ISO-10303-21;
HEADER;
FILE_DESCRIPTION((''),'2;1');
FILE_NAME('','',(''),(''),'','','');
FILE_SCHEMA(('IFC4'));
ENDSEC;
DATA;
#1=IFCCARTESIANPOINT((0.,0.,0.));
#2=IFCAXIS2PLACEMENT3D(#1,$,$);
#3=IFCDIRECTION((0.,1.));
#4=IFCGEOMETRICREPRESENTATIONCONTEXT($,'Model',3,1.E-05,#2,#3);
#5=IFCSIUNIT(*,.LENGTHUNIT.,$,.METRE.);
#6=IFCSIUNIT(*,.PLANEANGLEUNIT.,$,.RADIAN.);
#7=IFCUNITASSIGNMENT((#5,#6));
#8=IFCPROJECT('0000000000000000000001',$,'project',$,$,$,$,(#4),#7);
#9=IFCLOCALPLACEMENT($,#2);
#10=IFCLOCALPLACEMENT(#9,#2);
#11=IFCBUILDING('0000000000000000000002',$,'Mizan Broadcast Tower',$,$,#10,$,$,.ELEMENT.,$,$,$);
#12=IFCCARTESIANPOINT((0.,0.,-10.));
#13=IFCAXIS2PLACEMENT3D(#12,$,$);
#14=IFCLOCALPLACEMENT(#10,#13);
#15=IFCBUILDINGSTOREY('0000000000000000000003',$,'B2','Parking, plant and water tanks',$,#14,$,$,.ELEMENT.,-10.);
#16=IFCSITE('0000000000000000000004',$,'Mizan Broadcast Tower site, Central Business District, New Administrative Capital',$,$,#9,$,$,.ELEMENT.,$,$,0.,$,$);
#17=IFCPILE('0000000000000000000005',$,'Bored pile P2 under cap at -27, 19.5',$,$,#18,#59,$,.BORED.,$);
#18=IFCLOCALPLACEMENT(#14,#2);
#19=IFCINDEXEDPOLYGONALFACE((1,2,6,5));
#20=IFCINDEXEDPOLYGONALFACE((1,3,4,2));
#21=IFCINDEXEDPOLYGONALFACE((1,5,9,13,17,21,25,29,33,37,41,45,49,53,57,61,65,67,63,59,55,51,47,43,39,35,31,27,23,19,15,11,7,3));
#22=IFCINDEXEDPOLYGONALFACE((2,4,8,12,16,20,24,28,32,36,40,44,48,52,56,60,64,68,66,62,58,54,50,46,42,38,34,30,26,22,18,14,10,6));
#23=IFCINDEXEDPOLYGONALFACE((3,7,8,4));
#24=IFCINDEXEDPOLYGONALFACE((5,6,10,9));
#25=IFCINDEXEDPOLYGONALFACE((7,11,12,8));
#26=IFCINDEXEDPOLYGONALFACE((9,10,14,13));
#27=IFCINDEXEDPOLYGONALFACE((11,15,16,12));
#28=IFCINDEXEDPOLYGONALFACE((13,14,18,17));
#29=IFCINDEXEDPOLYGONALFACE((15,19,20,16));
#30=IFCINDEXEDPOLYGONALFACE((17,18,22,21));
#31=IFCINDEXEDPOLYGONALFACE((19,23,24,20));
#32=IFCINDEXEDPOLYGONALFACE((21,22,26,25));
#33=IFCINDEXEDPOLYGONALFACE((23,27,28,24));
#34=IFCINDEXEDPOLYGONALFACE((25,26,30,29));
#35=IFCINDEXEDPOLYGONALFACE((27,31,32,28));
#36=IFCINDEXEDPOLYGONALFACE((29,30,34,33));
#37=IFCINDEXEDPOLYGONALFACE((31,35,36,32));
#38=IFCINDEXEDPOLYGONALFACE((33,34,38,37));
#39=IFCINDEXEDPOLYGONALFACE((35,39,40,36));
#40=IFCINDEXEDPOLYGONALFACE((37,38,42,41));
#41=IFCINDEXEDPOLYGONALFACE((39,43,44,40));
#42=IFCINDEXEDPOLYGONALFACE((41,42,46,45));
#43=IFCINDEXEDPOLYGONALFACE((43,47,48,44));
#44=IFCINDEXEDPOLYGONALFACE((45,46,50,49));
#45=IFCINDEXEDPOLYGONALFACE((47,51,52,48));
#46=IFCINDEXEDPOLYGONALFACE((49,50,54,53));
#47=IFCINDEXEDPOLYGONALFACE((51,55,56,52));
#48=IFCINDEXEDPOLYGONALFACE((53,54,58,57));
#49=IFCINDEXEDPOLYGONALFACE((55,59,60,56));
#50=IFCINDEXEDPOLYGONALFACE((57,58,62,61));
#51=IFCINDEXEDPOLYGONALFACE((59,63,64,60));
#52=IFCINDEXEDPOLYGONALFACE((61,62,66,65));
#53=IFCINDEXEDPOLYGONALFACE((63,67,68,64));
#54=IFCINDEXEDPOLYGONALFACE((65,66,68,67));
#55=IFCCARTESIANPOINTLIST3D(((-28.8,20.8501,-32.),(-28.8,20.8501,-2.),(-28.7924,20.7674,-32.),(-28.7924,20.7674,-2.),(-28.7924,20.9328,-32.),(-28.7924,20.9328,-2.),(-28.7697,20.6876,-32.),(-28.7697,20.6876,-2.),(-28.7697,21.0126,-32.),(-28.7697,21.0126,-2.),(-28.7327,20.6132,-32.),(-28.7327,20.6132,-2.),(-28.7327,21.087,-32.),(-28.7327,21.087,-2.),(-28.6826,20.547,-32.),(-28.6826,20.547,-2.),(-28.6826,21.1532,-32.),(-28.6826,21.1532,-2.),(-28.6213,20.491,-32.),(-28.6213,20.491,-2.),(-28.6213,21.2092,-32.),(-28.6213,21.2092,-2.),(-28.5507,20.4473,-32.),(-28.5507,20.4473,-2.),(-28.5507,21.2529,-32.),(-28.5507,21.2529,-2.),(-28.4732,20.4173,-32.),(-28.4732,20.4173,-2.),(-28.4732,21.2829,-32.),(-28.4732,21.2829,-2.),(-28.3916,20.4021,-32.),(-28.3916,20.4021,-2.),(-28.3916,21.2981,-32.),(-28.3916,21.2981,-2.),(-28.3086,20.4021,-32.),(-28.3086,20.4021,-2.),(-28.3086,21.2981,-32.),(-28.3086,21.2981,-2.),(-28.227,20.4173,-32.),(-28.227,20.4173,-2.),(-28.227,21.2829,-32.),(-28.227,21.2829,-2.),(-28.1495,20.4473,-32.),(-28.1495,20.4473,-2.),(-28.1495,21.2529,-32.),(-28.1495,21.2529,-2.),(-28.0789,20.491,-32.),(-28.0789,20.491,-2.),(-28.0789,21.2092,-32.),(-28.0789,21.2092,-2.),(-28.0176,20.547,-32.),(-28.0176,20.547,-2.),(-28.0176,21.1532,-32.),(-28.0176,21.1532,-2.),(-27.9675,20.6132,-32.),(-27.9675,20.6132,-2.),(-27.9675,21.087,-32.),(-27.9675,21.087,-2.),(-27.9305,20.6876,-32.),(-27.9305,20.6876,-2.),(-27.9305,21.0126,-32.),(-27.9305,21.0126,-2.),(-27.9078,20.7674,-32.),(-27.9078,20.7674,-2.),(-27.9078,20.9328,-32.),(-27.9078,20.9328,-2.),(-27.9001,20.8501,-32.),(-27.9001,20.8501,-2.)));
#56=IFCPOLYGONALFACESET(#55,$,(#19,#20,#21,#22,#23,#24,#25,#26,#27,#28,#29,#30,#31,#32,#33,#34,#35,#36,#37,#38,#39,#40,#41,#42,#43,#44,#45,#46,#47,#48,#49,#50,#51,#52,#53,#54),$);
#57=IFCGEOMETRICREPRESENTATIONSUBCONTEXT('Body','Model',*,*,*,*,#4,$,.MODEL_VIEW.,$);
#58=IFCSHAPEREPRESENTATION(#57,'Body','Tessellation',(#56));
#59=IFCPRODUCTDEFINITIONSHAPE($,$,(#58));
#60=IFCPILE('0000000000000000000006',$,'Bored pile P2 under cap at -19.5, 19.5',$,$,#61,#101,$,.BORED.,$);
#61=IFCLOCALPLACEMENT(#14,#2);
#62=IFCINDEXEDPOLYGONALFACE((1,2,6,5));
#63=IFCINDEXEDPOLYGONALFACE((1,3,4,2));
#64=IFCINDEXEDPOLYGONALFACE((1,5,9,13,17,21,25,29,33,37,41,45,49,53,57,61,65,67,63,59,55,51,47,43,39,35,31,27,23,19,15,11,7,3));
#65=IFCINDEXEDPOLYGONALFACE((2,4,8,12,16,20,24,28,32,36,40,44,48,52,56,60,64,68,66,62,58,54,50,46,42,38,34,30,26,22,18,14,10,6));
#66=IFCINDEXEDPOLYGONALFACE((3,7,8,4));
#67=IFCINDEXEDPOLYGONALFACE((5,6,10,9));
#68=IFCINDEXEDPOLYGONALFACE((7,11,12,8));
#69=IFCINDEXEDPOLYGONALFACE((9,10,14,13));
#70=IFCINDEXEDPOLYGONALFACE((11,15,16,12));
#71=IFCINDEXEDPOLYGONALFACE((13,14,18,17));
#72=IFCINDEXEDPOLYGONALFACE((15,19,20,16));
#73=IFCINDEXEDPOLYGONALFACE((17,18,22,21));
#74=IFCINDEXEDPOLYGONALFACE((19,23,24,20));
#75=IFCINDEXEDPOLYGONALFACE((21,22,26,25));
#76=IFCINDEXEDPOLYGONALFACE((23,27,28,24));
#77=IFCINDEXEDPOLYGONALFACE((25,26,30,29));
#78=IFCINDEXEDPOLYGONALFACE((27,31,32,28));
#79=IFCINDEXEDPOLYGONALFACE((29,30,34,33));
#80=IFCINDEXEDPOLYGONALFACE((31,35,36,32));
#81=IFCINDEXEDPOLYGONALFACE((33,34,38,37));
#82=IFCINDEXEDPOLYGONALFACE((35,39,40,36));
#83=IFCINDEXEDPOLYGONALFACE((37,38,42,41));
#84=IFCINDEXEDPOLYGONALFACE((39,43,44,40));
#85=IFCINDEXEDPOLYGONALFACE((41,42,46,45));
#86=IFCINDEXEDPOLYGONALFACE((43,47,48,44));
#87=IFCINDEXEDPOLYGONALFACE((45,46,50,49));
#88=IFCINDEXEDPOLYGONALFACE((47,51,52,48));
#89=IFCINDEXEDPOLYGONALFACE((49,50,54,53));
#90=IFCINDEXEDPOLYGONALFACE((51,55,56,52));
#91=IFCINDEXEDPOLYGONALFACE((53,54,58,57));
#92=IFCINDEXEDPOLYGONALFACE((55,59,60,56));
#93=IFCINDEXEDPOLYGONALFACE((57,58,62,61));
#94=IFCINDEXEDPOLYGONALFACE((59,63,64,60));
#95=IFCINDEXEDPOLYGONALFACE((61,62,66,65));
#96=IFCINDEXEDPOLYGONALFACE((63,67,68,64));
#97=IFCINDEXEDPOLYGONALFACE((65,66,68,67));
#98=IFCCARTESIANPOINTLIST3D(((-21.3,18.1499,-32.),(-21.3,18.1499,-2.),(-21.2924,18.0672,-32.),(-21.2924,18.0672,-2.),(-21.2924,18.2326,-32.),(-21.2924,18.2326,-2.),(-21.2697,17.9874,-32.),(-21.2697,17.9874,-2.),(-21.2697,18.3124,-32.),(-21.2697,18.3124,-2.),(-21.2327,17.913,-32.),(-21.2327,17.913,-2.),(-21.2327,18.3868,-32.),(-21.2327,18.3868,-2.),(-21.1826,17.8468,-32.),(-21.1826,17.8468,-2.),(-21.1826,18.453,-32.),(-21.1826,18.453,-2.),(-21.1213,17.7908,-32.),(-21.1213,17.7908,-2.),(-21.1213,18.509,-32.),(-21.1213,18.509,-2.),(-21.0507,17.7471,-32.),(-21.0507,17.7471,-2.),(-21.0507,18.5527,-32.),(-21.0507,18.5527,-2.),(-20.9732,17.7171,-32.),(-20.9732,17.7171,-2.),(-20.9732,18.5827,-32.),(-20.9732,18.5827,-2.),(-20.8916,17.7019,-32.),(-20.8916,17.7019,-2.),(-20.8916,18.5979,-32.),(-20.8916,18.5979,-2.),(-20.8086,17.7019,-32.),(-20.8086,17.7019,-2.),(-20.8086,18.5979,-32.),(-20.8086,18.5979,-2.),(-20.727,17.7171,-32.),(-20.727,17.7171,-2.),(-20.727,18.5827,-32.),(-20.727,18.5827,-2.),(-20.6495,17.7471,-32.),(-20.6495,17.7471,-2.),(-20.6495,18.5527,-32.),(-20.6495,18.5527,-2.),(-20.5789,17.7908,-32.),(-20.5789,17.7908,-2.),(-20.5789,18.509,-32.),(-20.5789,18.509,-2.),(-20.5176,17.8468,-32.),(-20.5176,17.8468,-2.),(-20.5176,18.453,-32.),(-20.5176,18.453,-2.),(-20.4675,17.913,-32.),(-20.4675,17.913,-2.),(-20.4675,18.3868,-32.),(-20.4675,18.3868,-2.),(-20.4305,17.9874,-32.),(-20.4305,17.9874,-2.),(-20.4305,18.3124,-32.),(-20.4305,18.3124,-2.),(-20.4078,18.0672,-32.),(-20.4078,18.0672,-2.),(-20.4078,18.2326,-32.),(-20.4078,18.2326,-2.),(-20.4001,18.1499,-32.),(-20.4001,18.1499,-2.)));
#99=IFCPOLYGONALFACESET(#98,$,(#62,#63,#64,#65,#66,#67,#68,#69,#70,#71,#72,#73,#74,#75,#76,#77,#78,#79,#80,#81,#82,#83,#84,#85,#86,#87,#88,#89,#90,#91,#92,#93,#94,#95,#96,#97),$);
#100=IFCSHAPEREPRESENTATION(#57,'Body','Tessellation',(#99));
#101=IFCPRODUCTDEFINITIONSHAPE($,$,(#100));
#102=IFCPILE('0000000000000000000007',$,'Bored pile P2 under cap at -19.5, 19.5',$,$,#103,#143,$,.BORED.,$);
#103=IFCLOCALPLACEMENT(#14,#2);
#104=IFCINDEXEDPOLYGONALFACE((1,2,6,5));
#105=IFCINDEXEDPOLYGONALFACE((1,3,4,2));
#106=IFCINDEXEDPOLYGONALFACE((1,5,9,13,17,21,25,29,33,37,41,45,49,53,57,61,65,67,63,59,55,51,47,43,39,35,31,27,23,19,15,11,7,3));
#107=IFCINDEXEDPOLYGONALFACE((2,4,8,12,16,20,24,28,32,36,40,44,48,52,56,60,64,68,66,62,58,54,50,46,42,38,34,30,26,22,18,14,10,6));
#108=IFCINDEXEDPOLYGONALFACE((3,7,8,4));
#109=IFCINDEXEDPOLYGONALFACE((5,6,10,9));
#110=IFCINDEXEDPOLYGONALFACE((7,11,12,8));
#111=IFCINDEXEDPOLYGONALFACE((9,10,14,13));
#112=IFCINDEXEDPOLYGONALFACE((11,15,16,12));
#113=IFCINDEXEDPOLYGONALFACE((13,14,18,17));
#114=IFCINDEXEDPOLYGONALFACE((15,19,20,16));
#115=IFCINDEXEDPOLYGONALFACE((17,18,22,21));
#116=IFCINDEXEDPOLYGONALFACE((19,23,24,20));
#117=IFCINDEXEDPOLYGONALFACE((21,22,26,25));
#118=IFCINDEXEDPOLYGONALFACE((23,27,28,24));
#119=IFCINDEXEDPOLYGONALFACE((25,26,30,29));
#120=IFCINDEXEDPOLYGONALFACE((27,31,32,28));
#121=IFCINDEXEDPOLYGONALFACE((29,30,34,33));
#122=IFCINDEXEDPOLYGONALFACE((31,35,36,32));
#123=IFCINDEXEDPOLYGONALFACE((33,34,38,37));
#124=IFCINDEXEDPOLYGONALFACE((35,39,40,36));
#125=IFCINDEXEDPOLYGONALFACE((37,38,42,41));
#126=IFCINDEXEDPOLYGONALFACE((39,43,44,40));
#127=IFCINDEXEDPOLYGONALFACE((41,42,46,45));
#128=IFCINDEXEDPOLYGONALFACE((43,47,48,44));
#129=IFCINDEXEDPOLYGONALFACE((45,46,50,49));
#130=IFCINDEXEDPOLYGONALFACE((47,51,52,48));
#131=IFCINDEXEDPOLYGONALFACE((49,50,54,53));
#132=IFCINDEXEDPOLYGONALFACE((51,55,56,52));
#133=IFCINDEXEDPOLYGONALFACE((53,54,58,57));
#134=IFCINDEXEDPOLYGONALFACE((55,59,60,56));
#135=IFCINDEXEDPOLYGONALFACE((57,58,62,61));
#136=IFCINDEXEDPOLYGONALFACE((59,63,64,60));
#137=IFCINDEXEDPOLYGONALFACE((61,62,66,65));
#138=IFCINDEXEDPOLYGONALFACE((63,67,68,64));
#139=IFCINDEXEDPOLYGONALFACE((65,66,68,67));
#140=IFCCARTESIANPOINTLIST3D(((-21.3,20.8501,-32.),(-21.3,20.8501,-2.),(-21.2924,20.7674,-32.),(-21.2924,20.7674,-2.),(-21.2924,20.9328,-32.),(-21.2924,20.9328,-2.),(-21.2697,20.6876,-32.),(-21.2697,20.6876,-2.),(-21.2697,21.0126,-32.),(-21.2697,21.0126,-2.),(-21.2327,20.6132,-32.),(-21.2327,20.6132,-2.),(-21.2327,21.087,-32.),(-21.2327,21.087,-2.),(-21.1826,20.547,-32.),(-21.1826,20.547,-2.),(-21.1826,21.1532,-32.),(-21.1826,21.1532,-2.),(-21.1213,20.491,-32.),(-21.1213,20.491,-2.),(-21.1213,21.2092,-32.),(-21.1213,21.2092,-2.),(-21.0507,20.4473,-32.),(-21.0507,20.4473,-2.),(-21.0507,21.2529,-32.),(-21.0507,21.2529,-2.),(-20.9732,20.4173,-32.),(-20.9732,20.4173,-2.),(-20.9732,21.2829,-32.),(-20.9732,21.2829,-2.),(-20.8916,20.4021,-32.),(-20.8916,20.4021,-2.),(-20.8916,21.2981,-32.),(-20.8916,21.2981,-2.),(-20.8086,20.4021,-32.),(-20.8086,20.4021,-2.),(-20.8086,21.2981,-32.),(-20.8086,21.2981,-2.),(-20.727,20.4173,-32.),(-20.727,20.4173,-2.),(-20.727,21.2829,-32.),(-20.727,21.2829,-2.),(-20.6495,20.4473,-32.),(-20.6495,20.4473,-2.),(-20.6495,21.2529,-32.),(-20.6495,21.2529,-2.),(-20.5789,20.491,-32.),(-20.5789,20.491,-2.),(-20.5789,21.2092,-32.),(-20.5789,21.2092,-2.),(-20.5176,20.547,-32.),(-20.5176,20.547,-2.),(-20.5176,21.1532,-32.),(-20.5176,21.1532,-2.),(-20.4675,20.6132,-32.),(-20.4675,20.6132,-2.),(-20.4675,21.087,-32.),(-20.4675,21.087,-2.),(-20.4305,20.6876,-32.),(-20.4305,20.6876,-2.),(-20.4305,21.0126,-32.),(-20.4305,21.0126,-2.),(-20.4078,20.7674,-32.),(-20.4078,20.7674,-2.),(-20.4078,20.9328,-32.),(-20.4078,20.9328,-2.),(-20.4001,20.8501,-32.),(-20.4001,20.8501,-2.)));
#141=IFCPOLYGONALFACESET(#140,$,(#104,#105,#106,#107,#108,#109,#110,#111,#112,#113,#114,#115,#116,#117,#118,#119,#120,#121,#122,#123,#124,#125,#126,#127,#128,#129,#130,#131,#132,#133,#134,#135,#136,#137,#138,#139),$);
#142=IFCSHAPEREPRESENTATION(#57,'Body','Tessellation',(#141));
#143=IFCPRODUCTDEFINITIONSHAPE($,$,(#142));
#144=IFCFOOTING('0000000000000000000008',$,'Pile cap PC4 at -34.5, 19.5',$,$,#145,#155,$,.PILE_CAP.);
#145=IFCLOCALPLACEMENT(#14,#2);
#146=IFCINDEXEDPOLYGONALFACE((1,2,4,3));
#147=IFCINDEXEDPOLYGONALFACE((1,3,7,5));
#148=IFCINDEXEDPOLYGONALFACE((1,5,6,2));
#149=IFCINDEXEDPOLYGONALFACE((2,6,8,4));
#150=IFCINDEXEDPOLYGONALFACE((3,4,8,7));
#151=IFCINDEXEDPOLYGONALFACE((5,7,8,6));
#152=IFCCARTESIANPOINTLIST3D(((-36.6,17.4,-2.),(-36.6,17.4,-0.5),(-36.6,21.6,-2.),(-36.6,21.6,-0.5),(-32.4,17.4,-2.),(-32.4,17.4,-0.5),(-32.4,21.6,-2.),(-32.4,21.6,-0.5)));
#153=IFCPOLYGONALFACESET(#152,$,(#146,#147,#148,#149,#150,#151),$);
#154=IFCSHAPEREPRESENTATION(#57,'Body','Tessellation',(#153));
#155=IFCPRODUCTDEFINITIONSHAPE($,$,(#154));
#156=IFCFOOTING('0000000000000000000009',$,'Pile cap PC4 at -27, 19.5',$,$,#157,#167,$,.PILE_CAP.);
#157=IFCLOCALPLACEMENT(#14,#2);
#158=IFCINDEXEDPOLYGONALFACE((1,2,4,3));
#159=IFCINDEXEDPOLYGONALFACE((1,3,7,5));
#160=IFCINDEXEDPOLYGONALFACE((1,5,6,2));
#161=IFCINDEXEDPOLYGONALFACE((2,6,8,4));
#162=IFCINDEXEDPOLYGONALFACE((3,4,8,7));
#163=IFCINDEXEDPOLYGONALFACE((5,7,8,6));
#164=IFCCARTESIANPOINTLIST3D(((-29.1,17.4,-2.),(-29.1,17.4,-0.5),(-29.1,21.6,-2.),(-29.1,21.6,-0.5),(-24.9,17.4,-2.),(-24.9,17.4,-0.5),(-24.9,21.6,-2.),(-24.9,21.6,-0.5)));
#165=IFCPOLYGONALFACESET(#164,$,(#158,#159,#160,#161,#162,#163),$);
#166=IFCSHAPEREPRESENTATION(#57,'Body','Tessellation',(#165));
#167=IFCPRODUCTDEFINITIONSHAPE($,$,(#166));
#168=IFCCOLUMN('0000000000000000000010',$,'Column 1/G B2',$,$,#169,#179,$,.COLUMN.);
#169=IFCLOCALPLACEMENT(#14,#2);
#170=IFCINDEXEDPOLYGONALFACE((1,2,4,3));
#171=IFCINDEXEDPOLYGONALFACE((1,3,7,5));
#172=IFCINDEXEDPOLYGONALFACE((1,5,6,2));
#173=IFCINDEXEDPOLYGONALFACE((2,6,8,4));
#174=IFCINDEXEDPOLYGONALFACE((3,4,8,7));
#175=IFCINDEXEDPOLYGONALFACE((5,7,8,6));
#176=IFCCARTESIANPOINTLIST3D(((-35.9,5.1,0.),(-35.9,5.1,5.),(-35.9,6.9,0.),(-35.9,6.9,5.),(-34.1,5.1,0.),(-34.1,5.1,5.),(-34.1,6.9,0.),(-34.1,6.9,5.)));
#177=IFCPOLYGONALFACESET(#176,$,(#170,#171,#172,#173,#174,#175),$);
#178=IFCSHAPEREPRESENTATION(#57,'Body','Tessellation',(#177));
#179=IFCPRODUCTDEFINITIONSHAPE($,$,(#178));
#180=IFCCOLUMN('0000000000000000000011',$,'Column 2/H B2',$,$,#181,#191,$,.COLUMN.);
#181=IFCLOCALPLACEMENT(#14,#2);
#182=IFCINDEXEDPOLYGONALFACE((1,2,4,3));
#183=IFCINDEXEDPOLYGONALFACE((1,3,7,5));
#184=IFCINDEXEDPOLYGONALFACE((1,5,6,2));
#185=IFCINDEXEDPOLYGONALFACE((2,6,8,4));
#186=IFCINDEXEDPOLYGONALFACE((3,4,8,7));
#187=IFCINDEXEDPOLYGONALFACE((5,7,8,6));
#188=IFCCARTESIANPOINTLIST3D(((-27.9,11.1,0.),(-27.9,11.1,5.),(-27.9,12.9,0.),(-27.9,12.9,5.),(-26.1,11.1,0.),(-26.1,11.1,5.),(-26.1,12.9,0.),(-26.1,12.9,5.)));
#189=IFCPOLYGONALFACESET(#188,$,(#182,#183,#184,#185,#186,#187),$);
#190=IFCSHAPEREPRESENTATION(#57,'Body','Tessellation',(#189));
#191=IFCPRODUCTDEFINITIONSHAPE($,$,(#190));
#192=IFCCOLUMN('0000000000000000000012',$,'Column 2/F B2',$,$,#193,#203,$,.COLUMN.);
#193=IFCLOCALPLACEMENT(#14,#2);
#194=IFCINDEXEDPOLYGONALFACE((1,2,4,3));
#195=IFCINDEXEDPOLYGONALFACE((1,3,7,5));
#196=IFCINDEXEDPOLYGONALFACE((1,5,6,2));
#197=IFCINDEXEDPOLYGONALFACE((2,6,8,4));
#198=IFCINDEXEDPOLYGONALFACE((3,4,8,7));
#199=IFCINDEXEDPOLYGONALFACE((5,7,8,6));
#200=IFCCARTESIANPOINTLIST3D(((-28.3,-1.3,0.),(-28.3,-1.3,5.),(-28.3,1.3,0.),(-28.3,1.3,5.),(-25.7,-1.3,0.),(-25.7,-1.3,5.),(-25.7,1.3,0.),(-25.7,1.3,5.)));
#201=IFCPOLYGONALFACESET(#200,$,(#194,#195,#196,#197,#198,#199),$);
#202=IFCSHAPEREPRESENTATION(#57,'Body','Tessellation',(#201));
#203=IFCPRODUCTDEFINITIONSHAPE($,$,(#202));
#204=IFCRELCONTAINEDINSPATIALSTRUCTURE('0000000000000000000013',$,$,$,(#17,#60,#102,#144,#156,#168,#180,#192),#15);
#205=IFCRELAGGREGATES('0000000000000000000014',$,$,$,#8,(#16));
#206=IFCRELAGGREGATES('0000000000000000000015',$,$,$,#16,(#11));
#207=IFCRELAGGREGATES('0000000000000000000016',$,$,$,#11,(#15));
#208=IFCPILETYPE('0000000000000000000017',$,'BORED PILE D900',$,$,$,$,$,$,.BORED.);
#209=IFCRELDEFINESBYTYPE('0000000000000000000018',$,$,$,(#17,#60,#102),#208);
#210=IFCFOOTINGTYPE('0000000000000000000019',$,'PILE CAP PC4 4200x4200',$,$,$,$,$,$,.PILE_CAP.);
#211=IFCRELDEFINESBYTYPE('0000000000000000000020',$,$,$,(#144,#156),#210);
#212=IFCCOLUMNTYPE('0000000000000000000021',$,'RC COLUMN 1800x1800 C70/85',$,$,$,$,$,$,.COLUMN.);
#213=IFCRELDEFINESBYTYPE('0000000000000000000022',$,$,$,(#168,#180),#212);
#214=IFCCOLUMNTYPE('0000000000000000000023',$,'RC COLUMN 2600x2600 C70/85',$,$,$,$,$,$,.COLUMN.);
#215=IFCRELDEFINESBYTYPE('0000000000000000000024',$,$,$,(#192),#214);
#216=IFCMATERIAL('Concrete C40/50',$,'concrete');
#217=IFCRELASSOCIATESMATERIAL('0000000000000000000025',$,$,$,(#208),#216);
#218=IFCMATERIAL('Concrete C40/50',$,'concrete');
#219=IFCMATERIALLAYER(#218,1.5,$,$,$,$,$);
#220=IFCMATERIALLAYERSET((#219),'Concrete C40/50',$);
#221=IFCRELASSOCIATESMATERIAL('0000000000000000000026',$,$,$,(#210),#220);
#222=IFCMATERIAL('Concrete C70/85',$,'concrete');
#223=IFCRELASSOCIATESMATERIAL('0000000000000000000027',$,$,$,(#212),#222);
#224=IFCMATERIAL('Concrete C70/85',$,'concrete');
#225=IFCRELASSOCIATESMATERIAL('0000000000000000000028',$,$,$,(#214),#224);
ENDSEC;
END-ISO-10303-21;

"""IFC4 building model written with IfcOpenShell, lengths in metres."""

from ifc_helpers import new_model, si_unit, direction, frame, origin, origin_2d, place, context, subcontext, project, spatial, rectangle, circle, extrude, material, layer, layer_set, material_profile, profile_set, type_object, element, save


model = new_model("IFC4")

# Units and contexts
model_context = context("Model", 3, precision=1e-05, world=origin(), true_north=direction((0.0, 1.0)))
body_context = subcontext(model_context, "Body", "Model", "MODEL_VIEW")
ifc_project = project(units=[si_unit("LENGTHUNIT", "METRE"), si_unit("PLANEANGLEUNIT", "RADIAN")], contexts=[model_context])

# Site, building, storey
site_placement = place(None, origin())
site = spatial("IfcSite", under=ifc_project, at=site_placement, Name="Mizan Broadcast Tower site, Central Business District, New Administrative Capital", CompositionType="ELEMENT", RefElevation=0.0)
building_placement = place(site_placement, origin())
building = spatial("IfcBuilding", under=site, at=building_placement, Name="Mizan Broadcast Tower", CompositionType="ELEMENT")
storey_placement = place(building_placement, frame((0.0, 0.0, -10.0)))
storey = spatial("IfcBuildingStorey", under=building, at=storey_placement, Name="B2", Description="Parking, plant and water tanks", CompositionType="ELEMENT", Elevation=-10.0)

# Piles
ifc_material_1 = material(Name="Concrete C40/50", Category="concrete")
ifc_material_profile_1 = material_profile(ifc_material_1, circle(Radius=0.45, at=origin_2d()), Name="D900")
ifc_profile_set_1 = profile_set([ifc_material_profile_1], Name="Concrete C40/50")
pile_type_1 = type_object("IfcPileType", Name="BORED PILE D900", PredefinedType="BORED", material=ifc_profile_set_1)
for number, where, z_axis, x_axis, name in (
    (1, (-28.3501, 20.8501, -2.0), (0.0, 0.0, -1.0), (1.0, 0.0, 0.0), "Bored pile P2 under cap at -27, 19.5"),
    (2, (-20.8501, 18.1499, -2.0), (0.0, 0.0, -1.0), (1.0, 0.0, 0.0), "Bored pile P2 under cap at -19.5, 19.5"),
    (3, (-20.8501, 20.8501, -2.0), (0.0, 0.0, -1.0), (1.0, 0.0, 0.0), "Bored pile P2 under cap at -19.5, 19.5"),
):
    element("IfcPile", number, at=place(storey_placement, frame(where, z_axis=z_axis, x_axis=x_axis)), inside=storey, type_object=pile_type_1, Name=name, PredefinedType="BORED", context=body_context, shape_type="SweptSolid", body=[
        extrude(circle(Radius=0.45, at=origin_2d()), origin(), (0.0, 0.0, 1.0), 30.0),
    ])

# Footings
ifc_material_2 = material(Name="Concrete C40/50", Category="concrete")
ifc_layer_1 = layer(ifc_material_2, 1.5)
ifc_layer_set_1 = layer_set([ifc_layer_1], Name="Concrete C40/50")
footing_type = type_object("IfcFootingType", Name="PILE CAP PC4 4200x4200", PredefinedType="PILE_CAP", material=ifc_layer_set_1)
for number, where, z_axis, x_axis, name in (
    (4, (-34.5, 19.5, -2.0), (0.0, 0.0, 1.0), (1.0, 0.0, 0.0), "Pile cap PC4 at -34.5, 19.5"),
    (5, (-27.0, 19.5, -2.0), (0.0, 0.0, 1.0), (1.0, 0.0, 0.0), "Pile cap PC4 at -27, 19.5"),
):
    element("IfcFooting", number, at=place(storey_placement, frame(where, z_axis=z_axis, x_axis=x_axis)), inside=storey, type_object=footing_type, Name=name, PredefinedType="PILE_CAP", context=body_context, shape_type="SweptSolid", body=[
        extrude(rectangle(XDim=4.2, YDim=4.2, at=origin_2d()), origin(), (0.0, 0.0, 1.0), 1.5),
    ])

# Columns
ifc_material_3 = material(Name="Concrete C70/85", Category="concrete")
ifc_material_profile_2 = material_profile(ifc_material_3, rectangle(XDim=1.8, YDim=1.8, at=origin_2d()), Name="RC 1800x1800")
ifc_profile_set_2 = profile_set([ifc_material_profile_2], Name="Concrete C70/85")
column_type_1 = type_object("IfcColumnType", Name="RC COLUMN 1800x1800 C70/85", PredefinedType="COLUMN", material=ifc_profile_set_2)
for number, where, z_axis, x_axis, name in (
    (6, (-35.0, 6.0, 0.0), (0.0, 0.0, 1.0), (1.0, 0.0, 0.0), "Column 1/G B2"),
    (7, (-27.0, 12.0, 0.0), (0.0, 0.0, 1.0), (1.0, 0.0, 0.0), "Column 2/H B2"),
):
    element("IfcColumn", number, at=place(storey_placement, frame(where, z_axis=z_axis, x_axis=x_axis)), inside=storey, type_object=column_type_1, Name=name, PredefinedType="COLUMN", context=body_context, shape_type="SweptSolid", body=[
        extrude(rectangle(XDim=1.8, YDim=1.8, at=origin_2d()), origin(), (0.0, 0.0, 1.0), 5.0),
    ])
ifc_material_4 = material(Name="Concrete C70/85", Category="concrete")
ifc_material_profile_3 = material_profile(ifc_material_4, rectangle(XDim=2.6001, YDim=2.6001, at=origin_2d()), Name="RC 2600x2600")
ifc_profile_set_3 = profile_set([ifc_material_profile_3], Name="Concrete C70/85")
column_type_2 = type_object("IfcColumnType", Name="RC COLUMN 2600x2600 C70/85", PredefinedType="COLUMN", material=ifc_profile_set_3)
column_placement = place(storey_placement, frame((-27.0, 0.0, 0.0), z_axis=(0.0, 0.0, 1.0), x_axis=(1.0, 0.0, 0.0)))
element("IfcColumn", 8, at=column_placement, inside=storey, type_object=column_type_2, Name="Column 2/F B2", PredefinedType="COLUMN", context=body_context, shape_type="SweptSolid", body=[
    extrude(rectangle(XDim=2.6001, YDim=2.6001, at=origin_2d()), origin(), (0.0, 0.0, 1.0), 5.0),
])

save(model, "model.ifc")
